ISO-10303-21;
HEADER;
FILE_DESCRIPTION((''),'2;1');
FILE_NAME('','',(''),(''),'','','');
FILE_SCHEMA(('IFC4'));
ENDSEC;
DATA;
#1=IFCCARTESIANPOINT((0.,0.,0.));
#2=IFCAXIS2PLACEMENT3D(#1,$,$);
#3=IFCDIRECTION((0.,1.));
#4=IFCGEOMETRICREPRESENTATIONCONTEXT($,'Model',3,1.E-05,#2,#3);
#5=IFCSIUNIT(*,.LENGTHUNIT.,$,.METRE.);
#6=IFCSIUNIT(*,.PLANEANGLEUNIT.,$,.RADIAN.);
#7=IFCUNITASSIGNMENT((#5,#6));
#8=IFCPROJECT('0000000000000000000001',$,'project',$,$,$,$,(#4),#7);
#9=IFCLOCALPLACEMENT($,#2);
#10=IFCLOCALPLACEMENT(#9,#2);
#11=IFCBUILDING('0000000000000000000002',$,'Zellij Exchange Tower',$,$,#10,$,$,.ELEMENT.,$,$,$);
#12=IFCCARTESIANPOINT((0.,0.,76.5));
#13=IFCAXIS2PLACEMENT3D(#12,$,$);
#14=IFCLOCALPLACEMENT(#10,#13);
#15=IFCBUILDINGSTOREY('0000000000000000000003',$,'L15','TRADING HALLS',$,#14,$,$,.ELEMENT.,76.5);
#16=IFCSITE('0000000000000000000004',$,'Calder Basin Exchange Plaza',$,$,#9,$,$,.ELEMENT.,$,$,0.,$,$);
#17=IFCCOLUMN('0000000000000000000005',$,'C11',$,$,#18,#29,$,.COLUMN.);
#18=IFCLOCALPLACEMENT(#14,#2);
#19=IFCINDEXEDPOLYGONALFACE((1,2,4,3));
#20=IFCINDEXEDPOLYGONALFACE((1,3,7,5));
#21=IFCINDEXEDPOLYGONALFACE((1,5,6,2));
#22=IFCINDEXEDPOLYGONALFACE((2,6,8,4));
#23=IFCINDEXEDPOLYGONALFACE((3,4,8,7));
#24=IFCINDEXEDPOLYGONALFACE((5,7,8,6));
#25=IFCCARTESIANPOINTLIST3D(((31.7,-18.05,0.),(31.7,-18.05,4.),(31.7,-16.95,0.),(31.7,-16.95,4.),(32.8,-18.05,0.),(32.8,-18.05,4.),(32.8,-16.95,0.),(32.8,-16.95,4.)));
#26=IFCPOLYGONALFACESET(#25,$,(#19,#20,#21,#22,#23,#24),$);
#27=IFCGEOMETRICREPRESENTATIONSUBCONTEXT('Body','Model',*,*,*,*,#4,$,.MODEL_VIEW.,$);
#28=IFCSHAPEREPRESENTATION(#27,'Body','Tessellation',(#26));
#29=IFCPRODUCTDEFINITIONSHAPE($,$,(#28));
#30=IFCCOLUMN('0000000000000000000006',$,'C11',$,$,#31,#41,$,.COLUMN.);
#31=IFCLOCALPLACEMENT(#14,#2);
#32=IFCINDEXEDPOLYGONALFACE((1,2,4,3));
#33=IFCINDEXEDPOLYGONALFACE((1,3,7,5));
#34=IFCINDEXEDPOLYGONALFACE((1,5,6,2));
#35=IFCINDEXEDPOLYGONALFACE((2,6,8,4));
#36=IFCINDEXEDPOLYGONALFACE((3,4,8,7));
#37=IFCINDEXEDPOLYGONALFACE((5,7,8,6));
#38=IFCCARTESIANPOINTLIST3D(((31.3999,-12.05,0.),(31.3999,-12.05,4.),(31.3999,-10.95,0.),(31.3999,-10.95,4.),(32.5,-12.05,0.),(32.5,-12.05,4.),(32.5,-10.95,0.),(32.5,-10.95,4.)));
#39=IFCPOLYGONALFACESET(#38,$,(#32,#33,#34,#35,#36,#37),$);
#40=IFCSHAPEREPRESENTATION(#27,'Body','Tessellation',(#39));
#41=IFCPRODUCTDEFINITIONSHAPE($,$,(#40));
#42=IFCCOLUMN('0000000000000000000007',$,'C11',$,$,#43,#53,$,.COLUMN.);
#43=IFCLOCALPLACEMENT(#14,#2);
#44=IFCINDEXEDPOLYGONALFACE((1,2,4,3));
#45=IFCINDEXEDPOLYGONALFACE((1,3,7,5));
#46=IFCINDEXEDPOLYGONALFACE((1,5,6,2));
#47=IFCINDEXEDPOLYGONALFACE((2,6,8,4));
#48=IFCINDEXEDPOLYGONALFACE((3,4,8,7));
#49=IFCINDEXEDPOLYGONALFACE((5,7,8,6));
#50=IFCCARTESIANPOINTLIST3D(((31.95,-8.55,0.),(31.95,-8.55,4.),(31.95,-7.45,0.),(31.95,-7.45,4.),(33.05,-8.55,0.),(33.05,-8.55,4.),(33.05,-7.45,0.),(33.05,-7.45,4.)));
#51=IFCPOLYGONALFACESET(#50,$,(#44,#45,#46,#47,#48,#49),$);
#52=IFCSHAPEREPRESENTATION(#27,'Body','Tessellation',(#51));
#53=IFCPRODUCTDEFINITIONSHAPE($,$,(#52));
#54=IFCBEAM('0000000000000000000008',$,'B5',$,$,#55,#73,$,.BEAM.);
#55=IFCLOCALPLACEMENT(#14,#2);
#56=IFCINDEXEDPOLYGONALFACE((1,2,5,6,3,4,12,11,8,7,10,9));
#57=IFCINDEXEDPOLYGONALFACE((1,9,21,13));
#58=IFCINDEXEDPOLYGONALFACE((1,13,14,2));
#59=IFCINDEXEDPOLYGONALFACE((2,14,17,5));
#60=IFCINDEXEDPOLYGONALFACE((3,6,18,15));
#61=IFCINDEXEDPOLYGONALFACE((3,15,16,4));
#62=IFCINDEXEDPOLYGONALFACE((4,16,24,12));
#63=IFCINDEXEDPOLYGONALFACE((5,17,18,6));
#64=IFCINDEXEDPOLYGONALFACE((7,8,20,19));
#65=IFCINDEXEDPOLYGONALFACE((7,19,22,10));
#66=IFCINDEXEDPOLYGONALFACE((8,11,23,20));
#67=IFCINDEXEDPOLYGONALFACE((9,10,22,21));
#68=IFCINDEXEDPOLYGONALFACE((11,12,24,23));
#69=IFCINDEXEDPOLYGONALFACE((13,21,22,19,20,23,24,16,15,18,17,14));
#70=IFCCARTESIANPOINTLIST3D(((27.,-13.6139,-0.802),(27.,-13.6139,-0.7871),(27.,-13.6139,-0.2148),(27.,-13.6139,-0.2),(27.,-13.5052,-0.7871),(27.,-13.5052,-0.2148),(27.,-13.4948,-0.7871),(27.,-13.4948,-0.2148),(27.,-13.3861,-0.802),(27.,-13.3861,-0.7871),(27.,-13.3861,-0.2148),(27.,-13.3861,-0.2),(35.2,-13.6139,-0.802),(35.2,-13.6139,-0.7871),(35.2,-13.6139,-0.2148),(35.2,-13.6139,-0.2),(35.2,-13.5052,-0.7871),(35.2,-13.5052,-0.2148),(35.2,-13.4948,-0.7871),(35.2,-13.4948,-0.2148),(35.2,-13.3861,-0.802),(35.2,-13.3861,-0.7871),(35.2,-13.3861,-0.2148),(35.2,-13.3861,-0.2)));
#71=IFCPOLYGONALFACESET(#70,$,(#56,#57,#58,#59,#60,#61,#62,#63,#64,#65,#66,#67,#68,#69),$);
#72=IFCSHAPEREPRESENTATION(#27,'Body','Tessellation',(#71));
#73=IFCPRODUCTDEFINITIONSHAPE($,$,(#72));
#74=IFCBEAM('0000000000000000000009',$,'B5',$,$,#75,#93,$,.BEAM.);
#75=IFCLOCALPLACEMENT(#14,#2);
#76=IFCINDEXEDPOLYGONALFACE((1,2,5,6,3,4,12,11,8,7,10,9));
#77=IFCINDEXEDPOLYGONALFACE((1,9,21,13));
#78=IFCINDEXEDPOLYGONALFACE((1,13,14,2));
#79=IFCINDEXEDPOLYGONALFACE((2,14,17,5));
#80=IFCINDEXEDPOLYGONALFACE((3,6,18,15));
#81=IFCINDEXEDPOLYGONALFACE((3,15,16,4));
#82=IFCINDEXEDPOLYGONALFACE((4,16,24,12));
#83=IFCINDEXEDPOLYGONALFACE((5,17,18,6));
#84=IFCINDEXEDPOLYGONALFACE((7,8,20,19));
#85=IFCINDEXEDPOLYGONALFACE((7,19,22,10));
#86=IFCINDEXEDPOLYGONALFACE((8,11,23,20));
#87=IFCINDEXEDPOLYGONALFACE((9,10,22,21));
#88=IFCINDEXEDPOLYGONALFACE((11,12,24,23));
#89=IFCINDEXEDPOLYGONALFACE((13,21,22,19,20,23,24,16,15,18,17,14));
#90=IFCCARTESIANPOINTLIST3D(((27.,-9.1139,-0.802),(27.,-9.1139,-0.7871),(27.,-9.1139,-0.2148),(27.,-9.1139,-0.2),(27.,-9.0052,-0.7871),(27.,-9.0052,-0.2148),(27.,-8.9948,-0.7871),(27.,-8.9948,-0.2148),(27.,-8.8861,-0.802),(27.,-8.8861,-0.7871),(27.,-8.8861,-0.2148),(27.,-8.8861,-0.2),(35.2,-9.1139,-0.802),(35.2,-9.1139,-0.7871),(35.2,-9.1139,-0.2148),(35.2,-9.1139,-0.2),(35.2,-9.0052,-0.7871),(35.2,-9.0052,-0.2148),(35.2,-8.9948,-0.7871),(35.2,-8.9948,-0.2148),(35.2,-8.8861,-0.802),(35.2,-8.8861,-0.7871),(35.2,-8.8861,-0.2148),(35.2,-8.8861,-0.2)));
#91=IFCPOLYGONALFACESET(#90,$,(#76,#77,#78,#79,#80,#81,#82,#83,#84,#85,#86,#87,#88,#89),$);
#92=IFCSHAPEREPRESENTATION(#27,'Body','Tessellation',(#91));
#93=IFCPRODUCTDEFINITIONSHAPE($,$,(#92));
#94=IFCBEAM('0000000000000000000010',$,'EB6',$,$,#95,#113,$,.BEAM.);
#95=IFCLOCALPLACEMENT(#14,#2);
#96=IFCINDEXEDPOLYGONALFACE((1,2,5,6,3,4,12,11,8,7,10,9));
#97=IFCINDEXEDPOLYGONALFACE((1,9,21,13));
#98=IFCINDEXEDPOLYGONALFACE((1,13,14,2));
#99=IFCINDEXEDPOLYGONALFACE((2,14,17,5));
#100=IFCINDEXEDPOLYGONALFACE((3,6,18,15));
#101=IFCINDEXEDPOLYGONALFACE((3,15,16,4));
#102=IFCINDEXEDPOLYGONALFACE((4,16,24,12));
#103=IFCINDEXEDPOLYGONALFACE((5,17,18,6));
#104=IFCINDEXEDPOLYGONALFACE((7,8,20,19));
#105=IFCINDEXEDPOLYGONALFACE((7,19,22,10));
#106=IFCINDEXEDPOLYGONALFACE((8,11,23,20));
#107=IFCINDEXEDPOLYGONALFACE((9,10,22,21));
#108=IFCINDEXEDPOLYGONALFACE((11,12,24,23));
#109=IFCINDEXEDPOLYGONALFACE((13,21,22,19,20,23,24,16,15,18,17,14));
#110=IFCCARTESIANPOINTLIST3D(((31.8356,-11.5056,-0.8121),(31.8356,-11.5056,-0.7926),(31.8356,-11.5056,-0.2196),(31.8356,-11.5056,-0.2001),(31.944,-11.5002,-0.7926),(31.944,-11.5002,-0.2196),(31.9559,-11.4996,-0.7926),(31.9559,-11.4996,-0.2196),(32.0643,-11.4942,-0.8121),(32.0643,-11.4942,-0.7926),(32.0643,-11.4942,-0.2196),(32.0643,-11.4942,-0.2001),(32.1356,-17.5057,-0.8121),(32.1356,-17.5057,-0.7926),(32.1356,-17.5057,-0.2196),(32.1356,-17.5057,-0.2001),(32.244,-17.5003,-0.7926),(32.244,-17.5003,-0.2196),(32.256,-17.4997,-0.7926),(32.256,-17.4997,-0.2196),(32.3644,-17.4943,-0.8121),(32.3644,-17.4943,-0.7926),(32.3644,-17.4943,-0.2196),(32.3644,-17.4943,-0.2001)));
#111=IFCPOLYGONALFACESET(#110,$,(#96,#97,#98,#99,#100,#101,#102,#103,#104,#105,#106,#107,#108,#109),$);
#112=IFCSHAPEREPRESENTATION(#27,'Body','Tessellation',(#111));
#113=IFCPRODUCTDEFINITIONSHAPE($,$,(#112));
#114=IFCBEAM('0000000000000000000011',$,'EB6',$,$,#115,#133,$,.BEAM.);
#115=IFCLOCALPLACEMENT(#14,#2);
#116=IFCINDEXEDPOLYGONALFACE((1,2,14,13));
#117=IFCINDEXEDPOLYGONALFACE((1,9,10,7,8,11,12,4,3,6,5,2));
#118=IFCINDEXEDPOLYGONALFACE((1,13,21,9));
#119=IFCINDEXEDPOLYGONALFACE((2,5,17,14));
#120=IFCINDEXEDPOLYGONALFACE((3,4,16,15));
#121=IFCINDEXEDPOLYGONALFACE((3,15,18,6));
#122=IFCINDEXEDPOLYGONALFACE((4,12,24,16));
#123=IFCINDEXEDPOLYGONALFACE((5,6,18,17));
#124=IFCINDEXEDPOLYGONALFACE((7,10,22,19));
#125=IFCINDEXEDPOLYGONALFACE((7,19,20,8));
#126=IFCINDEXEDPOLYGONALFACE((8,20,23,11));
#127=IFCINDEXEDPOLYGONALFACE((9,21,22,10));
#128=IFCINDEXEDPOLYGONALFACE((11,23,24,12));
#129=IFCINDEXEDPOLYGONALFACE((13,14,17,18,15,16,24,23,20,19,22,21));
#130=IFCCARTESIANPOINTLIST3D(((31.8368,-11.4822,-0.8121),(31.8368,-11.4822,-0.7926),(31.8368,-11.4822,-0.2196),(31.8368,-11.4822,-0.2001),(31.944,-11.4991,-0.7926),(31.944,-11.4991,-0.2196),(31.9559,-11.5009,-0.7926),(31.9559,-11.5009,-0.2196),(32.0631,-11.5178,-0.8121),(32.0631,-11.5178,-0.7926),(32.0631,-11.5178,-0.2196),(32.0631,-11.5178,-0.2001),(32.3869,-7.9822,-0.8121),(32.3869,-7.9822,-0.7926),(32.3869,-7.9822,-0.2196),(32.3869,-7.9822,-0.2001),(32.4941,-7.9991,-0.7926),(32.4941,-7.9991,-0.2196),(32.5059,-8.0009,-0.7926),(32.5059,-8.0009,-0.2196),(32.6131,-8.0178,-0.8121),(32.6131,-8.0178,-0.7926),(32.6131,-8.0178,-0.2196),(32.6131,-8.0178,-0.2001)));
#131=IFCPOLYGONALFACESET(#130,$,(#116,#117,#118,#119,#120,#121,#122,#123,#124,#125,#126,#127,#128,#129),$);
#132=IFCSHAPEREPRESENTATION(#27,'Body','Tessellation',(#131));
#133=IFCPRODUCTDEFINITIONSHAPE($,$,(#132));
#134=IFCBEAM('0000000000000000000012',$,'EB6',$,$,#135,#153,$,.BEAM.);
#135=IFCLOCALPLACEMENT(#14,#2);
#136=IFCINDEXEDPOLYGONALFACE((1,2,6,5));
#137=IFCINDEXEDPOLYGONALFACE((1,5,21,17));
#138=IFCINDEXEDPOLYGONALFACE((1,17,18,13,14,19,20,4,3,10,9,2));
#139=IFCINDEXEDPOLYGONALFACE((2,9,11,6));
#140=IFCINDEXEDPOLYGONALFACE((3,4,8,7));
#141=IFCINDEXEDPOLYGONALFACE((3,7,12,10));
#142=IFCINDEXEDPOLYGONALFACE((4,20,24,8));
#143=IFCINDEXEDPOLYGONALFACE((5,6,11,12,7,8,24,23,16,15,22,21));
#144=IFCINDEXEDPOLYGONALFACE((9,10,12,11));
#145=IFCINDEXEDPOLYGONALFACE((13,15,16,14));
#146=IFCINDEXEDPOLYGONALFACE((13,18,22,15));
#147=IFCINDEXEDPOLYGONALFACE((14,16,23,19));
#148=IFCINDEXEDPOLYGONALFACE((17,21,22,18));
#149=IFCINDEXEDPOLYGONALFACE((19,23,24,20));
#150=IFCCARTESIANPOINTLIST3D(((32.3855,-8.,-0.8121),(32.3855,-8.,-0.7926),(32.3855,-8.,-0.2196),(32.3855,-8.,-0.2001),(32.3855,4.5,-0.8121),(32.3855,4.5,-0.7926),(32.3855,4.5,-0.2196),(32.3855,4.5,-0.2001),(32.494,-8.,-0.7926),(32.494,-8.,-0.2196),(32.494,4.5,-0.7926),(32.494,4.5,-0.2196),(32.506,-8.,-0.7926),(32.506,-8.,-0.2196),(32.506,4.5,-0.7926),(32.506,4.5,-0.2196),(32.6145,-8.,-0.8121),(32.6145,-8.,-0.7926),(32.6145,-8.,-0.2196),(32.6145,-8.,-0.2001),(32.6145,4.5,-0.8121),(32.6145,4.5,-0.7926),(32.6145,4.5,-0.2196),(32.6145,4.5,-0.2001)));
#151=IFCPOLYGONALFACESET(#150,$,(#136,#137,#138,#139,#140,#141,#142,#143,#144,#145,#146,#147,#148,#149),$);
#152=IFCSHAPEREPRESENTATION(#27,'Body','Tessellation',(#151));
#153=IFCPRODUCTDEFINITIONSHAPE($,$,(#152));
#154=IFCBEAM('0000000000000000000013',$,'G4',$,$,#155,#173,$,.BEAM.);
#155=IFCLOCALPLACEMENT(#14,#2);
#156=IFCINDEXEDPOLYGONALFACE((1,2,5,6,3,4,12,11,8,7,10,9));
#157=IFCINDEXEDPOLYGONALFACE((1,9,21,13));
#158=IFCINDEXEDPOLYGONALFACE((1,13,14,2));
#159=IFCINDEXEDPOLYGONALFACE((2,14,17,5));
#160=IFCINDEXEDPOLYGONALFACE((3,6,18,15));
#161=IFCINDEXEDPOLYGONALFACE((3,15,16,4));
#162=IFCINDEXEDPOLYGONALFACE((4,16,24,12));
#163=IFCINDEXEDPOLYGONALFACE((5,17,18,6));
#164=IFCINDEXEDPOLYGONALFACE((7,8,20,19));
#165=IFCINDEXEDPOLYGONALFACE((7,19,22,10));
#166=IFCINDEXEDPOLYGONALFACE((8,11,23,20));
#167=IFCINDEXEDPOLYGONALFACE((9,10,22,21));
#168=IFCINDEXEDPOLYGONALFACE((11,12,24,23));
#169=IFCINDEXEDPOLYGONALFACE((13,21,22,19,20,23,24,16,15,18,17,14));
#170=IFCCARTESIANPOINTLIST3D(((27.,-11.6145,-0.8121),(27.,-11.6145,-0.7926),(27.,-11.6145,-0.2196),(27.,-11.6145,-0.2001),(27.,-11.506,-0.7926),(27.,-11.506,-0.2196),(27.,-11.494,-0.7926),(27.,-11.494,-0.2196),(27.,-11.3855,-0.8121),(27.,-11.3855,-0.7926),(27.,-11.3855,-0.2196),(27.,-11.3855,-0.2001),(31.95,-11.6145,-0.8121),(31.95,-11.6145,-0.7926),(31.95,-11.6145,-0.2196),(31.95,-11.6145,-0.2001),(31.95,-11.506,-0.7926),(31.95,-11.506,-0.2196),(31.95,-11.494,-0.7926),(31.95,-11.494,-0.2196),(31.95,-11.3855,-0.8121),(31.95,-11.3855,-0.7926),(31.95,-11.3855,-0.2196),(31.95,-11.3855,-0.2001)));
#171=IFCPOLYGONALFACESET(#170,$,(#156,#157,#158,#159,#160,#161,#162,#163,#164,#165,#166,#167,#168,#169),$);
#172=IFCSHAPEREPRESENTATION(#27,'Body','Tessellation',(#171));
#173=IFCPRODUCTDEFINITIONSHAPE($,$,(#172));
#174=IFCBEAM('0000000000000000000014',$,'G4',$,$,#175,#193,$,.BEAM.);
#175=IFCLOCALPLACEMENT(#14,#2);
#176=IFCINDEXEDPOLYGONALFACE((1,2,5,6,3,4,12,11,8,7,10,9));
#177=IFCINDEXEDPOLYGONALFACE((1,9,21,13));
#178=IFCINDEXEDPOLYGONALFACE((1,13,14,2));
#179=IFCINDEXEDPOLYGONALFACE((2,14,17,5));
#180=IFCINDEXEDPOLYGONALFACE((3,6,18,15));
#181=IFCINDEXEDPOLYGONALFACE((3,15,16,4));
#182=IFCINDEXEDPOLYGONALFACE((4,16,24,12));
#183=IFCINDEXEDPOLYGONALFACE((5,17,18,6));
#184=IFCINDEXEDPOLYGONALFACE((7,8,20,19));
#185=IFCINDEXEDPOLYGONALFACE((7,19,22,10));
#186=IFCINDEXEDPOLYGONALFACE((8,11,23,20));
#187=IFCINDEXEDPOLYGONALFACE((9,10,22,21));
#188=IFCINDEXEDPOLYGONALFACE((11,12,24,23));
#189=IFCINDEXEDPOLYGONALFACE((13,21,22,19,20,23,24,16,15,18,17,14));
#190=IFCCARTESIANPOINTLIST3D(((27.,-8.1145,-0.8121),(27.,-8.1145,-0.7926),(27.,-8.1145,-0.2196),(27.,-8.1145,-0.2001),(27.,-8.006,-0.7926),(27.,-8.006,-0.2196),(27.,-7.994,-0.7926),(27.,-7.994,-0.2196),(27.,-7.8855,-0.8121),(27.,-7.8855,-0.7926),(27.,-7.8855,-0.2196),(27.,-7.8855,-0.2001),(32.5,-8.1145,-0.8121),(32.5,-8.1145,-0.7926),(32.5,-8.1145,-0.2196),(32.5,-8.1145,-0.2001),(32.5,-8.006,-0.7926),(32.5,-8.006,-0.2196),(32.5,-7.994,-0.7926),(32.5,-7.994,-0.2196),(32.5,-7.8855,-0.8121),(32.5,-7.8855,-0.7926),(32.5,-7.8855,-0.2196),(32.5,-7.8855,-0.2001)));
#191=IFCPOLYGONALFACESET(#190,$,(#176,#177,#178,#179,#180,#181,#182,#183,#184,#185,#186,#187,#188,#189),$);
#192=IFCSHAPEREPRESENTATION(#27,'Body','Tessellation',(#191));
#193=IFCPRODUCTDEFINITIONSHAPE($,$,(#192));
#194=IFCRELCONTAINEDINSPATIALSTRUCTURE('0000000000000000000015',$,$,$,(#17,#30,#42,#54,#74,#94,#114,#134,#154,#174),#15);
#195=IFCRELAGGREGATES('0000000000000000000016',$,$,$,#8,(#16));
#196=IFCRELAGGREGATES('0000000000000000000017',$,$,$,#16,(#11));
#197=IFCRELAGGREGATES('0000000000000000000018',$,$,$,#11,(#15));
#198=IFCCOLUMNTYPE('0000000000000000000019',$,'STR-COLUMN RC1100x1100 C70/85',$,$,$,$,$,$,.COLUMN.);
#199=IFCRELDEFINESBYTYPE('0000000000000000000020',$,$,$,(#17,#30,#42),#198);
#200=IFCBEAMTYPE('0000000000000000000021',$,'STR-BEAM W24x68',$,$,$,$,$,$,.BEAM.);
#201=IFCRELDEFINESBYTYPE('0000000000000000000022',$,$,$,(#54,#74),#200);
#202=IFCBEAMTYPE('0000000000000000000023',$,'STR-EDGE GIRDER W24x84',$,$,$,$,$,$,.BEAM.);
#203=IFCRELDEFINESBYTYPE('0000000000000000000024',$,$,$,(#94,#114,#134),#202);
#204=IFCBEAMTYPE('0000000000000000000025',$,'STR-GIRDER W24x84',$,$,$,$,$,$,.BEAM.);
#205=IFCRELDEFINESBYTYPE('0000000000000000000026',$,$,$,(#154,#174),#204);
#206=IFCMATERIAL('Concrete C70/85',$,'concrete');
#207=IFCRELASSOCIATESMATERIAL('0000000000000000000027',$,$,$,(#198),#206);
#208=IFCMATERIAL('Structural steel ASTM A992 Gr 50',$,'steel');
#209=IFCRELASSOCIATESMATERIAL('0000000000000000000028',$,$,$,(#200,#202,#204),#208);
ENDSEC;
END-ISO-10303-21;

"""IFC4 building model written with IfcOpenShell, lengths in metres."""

from ifc_helpers import new_model, si_unit, direction, frame, origin, origin_2d, place, context, subcontext, project, spatial, rectangle, i_section, extrude, material, material_profile, profile_set, type_object, element, save


model = new_model("IFC4")

# Units and contexts
model_context = context("Model", 3, precision=1e-05, world=origin(), true_north=direction((0.0, 1.0)))
body_context = subcontext(model_context, "Body", "Model", "MODEL_VIEW")
ifc_project = project(units=[si_unit("LENGTHUNIT", "METRE"), si_unit("PLANEANGLEUNIT", "RADIAN")], contexts=[model_context])

# Site, building, storey
site_placement = place(None, origin())
site = spatial("IfcSite", under=ifc_project, at=site_placement, Name="Calder Basin Exchange Plaza", CompositionType="ELEMENT", RefElevation=0.0)
building_placement = place(site_placement, origin())
building = spatial("IfcBuilding", under=site, at=building_placement, Name="Zellij Exchange Tower", CompositionType="ELEMENT")
storey_placement = place(building_placement, frame((0.0, 0.0, 76.5)))
storey = spatial("IfcBuildingStorey", under=building, at=storey_placement, Name="L15", Description="TRADING HALLS", CompositionType="ELEMENT", Elevation=76.5)

# Columns
ifc_material_1 = material(Name="Concrete C70/85", Category="concrete")
ifc_material_profile_1 = material_profile(ifc_material_1, rectangle(XDim=1.1001, YDim=1.1001, at=origin_2d()), Name="STR-COLUMN RC1100x1100 C70/85")
ifc_profile_set_1 = profile_set([ifc_material_profile_1], Name="Concrete C70/85")
column_type = type_object("IfcColumnType", Name="STR-COLUMN RC1100x1100 C70/85", PredefinedType="COLUMN", material=ifc_profile_set_1)
for number, where, z_axis, x_axis, name in (
    (1, (32.25, -17.5, 0.0), (0.0, 0.0, 1.0), (1.0, 0.0, 0.0), "C11"),
    (2, (31.95, -11.5, 0.0), (0.0, 0.0, 1.0), (1.0, 0.0, 0.0), "C11"),
    (3, (32.5, -8.0, 0.0), (0.0, 0.0, 1.0), (1.0, 0.0, 0.0), "C11"),
):
    element("IfcColumn", number, at=place(storey_placement, frame(where, z_axis=z_axis, x_axis=x_axis)), inside=storey, type_object=column_type, Name=name, PredefinedType="COLUMN", context=body_context, shape_type="SweptSolid", body=[
        extrude(rectangle(XDim=1.1001, YDim=1.1001, at=origin_2d()), origin(), (0.0, 0.0, 1.0), 4.0),
    ])

# Beams
ifc_material_2 = material(Name="Structural steel ASTM A992 Gr 50", Category="steel")
ifc_material_profile_2 = material_profile(ifc_material_2, i_section(OverallWidth=0.2278, OverallDepth=0.6021, WebThickness=0.0105, FlangeThickness=0.0149, at=origin_2d()), Name="W24x68")
ifc_profile_set_2 = profile_set([ifc_material_profile_2], Name="Structural steel ASTM A992 Gr 50")
beam_type_1 = type_object("IfcBeamType", Name="STR-BEAM W24x68", PredefinedType="BEAM", material=ifc_profile_set_2)
for number, where, z_axis, x_axis, name in (
    (4, (27.0, -13.5, -0.501), (1.0, 0.0, 0.0), (0.0, 1.0, 0.0), "B5"),
    (5, (27.0, -9.0, -0.501), (1.0, 0.0, 0.0), (0.0, 1.0, 0.0), "B5"),
):
    element("IfcBeam", number, at=place(storey_placement, frame(where, z_axis=z_axis, x_axis=x_axis)), inside=storey, type_object=beam_type_1, Name=name, PredefinedType="BEAM", context=body_context, shape_type="SweptSolid", body=[
        extrude(i_section(OverallWidth=0.2278, OverallDepth=0.6021, WebThickness=0.0105, FlangeThickness=0.0149, at=origin_2d()), origin(), (0.0, 0.0, 1.0), 8.2),
    ])
ifc_material_profile_3 = material_profile(ifc_material_2, i_section(OverallWidth=0.229, OverallDepth=0.6121, WebThickness=0.012, FlangeThickness=0.0195, at=origin_2d()), Name="W24x84")
ifc_profile_set_3 = profile_set([ifc_material_profile_3], Name="Structural steel ASTM A992 Gr 50")
beam_type_2 = type_object("IfcBeamType", Name="STR-EDGE GIRDER W24x84", PredefinedType="BEAM", material=ifc_profile_set_3)
beam_1_placement = place(storey_placement, frame((32.25, -17.5, -0.5061), z_axis=(-0.049946, 0.998752, 0.0), x_axis=(-0.998752, -0.049946, 0.0)))
element("IfcBeam", 6, at=beam_1_placement, inside=storey, type_object=beam_type_2, Name="EB6", PredefinedType="BEAM", context=body_context, shape_type="SweptSolid", body=[
    extrude(i_section(OverallWidth=0.229, OverallDepth=0.6121, WebThickness=0.012, FlangeThickness=0.0195, at=origin_2d()), origin(), (0.0, 0.0, 1.0), 6.0076),
])
beam_2_placement = place(storey_placement, frame((31.95, -11.5, -0.5061), z_axis=(0.155251, 0.987875, 0.0), x_axis=(-0.987875, 0.155251, 0.0)))
element("IfcBeam", 7, at=beam_2_placement, inside=storey, type_object=beam_type_2, Name="EB6", PredefinedType="BEAM", context=body_context, shape_type="SweptSolid", body=[
    extrude(i_section(OverallWidth=0.229, OverallDepth=0.6121, WebThickness=0.012, FlangeThickness=0.0195, at=origin_2d()), origin(), (0.0, 0.0, 1.0), 3.543),
])
beam_3_placement = place(storey_placement, frame((32.5, -8.0, -0.5061), z_axis=(0.0, 1.0, 0.0), x_axis=(-1.0, 0.0, 0.0)))
element("IfcBeam", 8, at=beam_3_placement, inside=storey, type_object=beam_type_2, Name="EB6", PredefinedType="BEAM", context=body_context, shape_type="SweptSolid", body=[
    extrude(i_section(OverallWidth=0.229, OverallDepth=0.6121, WebThickness=0.012, FlangeThickness=0.0195, at=origin_2d()), origin(), (0.0, 0.0, 1.0), 12.5),
])
ifc_material_profile_4 = material_profile(ifc_material_2, i_section(OverallWidth=0.229, OverallDepth=0.6121, WebThickness=0.012, FlangeThickness=0.0195, at=origin_2d()), Name="W24x84")
ifc_profile_set_4 = profile_set([ifc_material_profile_4], Name="Structural steel ASTM A992 Gr 50")
beam_type_3 = type_object("IfcBeamType", Name="STR-GIRDER W24x84", PredefinedType="BEAM", material=ifc_profile_set_4)
beam_4_placement = place(storey_placement, frame((27.0, -11.5, -0.5061), z_axis=(1.0, 0.0, 0.0), x_axis=(0.0, 1.0, 0.0)))
element("IfcBeam", 9, at=beam_4_placement, inside=storey, type_object=beam_type_3, Name="G4", PredefinedType="BEAM", context=body_context, shape_type="SweptSolid", body=[
    extrude(i_section(OverallWidth=0.229, OverallDepth=0.6121, WebThickness=0.012, FlangeThickness=0.0195, at=origin_2d()), origin(), (0.0, 0.0, 1.0), 4.95),
])
beam_5_placement = place(storey_placement, frame((27.0, -8.0, -0.5061), z_axis=(1.0, 0.0, 0.0), x_axis=(0.0, 1.0, 0.0)))
element("IfcBeam", 10, at=beam_5_placement, inside=storey, type_object=beam_type_3, Name="G4", PredefinedType="BEAM", context=body_context, shape_type="SweptSolid", body=[
    extrude(i_section(OverallWidth=0.229, OverallDepth=0.6121, WebThickness=0.012, FlangeThickness=0.0195, at=origin_2d()), origin(), (0.0, 0.0, 1.0), 5.5),
])

save(model, "model.ifc")
